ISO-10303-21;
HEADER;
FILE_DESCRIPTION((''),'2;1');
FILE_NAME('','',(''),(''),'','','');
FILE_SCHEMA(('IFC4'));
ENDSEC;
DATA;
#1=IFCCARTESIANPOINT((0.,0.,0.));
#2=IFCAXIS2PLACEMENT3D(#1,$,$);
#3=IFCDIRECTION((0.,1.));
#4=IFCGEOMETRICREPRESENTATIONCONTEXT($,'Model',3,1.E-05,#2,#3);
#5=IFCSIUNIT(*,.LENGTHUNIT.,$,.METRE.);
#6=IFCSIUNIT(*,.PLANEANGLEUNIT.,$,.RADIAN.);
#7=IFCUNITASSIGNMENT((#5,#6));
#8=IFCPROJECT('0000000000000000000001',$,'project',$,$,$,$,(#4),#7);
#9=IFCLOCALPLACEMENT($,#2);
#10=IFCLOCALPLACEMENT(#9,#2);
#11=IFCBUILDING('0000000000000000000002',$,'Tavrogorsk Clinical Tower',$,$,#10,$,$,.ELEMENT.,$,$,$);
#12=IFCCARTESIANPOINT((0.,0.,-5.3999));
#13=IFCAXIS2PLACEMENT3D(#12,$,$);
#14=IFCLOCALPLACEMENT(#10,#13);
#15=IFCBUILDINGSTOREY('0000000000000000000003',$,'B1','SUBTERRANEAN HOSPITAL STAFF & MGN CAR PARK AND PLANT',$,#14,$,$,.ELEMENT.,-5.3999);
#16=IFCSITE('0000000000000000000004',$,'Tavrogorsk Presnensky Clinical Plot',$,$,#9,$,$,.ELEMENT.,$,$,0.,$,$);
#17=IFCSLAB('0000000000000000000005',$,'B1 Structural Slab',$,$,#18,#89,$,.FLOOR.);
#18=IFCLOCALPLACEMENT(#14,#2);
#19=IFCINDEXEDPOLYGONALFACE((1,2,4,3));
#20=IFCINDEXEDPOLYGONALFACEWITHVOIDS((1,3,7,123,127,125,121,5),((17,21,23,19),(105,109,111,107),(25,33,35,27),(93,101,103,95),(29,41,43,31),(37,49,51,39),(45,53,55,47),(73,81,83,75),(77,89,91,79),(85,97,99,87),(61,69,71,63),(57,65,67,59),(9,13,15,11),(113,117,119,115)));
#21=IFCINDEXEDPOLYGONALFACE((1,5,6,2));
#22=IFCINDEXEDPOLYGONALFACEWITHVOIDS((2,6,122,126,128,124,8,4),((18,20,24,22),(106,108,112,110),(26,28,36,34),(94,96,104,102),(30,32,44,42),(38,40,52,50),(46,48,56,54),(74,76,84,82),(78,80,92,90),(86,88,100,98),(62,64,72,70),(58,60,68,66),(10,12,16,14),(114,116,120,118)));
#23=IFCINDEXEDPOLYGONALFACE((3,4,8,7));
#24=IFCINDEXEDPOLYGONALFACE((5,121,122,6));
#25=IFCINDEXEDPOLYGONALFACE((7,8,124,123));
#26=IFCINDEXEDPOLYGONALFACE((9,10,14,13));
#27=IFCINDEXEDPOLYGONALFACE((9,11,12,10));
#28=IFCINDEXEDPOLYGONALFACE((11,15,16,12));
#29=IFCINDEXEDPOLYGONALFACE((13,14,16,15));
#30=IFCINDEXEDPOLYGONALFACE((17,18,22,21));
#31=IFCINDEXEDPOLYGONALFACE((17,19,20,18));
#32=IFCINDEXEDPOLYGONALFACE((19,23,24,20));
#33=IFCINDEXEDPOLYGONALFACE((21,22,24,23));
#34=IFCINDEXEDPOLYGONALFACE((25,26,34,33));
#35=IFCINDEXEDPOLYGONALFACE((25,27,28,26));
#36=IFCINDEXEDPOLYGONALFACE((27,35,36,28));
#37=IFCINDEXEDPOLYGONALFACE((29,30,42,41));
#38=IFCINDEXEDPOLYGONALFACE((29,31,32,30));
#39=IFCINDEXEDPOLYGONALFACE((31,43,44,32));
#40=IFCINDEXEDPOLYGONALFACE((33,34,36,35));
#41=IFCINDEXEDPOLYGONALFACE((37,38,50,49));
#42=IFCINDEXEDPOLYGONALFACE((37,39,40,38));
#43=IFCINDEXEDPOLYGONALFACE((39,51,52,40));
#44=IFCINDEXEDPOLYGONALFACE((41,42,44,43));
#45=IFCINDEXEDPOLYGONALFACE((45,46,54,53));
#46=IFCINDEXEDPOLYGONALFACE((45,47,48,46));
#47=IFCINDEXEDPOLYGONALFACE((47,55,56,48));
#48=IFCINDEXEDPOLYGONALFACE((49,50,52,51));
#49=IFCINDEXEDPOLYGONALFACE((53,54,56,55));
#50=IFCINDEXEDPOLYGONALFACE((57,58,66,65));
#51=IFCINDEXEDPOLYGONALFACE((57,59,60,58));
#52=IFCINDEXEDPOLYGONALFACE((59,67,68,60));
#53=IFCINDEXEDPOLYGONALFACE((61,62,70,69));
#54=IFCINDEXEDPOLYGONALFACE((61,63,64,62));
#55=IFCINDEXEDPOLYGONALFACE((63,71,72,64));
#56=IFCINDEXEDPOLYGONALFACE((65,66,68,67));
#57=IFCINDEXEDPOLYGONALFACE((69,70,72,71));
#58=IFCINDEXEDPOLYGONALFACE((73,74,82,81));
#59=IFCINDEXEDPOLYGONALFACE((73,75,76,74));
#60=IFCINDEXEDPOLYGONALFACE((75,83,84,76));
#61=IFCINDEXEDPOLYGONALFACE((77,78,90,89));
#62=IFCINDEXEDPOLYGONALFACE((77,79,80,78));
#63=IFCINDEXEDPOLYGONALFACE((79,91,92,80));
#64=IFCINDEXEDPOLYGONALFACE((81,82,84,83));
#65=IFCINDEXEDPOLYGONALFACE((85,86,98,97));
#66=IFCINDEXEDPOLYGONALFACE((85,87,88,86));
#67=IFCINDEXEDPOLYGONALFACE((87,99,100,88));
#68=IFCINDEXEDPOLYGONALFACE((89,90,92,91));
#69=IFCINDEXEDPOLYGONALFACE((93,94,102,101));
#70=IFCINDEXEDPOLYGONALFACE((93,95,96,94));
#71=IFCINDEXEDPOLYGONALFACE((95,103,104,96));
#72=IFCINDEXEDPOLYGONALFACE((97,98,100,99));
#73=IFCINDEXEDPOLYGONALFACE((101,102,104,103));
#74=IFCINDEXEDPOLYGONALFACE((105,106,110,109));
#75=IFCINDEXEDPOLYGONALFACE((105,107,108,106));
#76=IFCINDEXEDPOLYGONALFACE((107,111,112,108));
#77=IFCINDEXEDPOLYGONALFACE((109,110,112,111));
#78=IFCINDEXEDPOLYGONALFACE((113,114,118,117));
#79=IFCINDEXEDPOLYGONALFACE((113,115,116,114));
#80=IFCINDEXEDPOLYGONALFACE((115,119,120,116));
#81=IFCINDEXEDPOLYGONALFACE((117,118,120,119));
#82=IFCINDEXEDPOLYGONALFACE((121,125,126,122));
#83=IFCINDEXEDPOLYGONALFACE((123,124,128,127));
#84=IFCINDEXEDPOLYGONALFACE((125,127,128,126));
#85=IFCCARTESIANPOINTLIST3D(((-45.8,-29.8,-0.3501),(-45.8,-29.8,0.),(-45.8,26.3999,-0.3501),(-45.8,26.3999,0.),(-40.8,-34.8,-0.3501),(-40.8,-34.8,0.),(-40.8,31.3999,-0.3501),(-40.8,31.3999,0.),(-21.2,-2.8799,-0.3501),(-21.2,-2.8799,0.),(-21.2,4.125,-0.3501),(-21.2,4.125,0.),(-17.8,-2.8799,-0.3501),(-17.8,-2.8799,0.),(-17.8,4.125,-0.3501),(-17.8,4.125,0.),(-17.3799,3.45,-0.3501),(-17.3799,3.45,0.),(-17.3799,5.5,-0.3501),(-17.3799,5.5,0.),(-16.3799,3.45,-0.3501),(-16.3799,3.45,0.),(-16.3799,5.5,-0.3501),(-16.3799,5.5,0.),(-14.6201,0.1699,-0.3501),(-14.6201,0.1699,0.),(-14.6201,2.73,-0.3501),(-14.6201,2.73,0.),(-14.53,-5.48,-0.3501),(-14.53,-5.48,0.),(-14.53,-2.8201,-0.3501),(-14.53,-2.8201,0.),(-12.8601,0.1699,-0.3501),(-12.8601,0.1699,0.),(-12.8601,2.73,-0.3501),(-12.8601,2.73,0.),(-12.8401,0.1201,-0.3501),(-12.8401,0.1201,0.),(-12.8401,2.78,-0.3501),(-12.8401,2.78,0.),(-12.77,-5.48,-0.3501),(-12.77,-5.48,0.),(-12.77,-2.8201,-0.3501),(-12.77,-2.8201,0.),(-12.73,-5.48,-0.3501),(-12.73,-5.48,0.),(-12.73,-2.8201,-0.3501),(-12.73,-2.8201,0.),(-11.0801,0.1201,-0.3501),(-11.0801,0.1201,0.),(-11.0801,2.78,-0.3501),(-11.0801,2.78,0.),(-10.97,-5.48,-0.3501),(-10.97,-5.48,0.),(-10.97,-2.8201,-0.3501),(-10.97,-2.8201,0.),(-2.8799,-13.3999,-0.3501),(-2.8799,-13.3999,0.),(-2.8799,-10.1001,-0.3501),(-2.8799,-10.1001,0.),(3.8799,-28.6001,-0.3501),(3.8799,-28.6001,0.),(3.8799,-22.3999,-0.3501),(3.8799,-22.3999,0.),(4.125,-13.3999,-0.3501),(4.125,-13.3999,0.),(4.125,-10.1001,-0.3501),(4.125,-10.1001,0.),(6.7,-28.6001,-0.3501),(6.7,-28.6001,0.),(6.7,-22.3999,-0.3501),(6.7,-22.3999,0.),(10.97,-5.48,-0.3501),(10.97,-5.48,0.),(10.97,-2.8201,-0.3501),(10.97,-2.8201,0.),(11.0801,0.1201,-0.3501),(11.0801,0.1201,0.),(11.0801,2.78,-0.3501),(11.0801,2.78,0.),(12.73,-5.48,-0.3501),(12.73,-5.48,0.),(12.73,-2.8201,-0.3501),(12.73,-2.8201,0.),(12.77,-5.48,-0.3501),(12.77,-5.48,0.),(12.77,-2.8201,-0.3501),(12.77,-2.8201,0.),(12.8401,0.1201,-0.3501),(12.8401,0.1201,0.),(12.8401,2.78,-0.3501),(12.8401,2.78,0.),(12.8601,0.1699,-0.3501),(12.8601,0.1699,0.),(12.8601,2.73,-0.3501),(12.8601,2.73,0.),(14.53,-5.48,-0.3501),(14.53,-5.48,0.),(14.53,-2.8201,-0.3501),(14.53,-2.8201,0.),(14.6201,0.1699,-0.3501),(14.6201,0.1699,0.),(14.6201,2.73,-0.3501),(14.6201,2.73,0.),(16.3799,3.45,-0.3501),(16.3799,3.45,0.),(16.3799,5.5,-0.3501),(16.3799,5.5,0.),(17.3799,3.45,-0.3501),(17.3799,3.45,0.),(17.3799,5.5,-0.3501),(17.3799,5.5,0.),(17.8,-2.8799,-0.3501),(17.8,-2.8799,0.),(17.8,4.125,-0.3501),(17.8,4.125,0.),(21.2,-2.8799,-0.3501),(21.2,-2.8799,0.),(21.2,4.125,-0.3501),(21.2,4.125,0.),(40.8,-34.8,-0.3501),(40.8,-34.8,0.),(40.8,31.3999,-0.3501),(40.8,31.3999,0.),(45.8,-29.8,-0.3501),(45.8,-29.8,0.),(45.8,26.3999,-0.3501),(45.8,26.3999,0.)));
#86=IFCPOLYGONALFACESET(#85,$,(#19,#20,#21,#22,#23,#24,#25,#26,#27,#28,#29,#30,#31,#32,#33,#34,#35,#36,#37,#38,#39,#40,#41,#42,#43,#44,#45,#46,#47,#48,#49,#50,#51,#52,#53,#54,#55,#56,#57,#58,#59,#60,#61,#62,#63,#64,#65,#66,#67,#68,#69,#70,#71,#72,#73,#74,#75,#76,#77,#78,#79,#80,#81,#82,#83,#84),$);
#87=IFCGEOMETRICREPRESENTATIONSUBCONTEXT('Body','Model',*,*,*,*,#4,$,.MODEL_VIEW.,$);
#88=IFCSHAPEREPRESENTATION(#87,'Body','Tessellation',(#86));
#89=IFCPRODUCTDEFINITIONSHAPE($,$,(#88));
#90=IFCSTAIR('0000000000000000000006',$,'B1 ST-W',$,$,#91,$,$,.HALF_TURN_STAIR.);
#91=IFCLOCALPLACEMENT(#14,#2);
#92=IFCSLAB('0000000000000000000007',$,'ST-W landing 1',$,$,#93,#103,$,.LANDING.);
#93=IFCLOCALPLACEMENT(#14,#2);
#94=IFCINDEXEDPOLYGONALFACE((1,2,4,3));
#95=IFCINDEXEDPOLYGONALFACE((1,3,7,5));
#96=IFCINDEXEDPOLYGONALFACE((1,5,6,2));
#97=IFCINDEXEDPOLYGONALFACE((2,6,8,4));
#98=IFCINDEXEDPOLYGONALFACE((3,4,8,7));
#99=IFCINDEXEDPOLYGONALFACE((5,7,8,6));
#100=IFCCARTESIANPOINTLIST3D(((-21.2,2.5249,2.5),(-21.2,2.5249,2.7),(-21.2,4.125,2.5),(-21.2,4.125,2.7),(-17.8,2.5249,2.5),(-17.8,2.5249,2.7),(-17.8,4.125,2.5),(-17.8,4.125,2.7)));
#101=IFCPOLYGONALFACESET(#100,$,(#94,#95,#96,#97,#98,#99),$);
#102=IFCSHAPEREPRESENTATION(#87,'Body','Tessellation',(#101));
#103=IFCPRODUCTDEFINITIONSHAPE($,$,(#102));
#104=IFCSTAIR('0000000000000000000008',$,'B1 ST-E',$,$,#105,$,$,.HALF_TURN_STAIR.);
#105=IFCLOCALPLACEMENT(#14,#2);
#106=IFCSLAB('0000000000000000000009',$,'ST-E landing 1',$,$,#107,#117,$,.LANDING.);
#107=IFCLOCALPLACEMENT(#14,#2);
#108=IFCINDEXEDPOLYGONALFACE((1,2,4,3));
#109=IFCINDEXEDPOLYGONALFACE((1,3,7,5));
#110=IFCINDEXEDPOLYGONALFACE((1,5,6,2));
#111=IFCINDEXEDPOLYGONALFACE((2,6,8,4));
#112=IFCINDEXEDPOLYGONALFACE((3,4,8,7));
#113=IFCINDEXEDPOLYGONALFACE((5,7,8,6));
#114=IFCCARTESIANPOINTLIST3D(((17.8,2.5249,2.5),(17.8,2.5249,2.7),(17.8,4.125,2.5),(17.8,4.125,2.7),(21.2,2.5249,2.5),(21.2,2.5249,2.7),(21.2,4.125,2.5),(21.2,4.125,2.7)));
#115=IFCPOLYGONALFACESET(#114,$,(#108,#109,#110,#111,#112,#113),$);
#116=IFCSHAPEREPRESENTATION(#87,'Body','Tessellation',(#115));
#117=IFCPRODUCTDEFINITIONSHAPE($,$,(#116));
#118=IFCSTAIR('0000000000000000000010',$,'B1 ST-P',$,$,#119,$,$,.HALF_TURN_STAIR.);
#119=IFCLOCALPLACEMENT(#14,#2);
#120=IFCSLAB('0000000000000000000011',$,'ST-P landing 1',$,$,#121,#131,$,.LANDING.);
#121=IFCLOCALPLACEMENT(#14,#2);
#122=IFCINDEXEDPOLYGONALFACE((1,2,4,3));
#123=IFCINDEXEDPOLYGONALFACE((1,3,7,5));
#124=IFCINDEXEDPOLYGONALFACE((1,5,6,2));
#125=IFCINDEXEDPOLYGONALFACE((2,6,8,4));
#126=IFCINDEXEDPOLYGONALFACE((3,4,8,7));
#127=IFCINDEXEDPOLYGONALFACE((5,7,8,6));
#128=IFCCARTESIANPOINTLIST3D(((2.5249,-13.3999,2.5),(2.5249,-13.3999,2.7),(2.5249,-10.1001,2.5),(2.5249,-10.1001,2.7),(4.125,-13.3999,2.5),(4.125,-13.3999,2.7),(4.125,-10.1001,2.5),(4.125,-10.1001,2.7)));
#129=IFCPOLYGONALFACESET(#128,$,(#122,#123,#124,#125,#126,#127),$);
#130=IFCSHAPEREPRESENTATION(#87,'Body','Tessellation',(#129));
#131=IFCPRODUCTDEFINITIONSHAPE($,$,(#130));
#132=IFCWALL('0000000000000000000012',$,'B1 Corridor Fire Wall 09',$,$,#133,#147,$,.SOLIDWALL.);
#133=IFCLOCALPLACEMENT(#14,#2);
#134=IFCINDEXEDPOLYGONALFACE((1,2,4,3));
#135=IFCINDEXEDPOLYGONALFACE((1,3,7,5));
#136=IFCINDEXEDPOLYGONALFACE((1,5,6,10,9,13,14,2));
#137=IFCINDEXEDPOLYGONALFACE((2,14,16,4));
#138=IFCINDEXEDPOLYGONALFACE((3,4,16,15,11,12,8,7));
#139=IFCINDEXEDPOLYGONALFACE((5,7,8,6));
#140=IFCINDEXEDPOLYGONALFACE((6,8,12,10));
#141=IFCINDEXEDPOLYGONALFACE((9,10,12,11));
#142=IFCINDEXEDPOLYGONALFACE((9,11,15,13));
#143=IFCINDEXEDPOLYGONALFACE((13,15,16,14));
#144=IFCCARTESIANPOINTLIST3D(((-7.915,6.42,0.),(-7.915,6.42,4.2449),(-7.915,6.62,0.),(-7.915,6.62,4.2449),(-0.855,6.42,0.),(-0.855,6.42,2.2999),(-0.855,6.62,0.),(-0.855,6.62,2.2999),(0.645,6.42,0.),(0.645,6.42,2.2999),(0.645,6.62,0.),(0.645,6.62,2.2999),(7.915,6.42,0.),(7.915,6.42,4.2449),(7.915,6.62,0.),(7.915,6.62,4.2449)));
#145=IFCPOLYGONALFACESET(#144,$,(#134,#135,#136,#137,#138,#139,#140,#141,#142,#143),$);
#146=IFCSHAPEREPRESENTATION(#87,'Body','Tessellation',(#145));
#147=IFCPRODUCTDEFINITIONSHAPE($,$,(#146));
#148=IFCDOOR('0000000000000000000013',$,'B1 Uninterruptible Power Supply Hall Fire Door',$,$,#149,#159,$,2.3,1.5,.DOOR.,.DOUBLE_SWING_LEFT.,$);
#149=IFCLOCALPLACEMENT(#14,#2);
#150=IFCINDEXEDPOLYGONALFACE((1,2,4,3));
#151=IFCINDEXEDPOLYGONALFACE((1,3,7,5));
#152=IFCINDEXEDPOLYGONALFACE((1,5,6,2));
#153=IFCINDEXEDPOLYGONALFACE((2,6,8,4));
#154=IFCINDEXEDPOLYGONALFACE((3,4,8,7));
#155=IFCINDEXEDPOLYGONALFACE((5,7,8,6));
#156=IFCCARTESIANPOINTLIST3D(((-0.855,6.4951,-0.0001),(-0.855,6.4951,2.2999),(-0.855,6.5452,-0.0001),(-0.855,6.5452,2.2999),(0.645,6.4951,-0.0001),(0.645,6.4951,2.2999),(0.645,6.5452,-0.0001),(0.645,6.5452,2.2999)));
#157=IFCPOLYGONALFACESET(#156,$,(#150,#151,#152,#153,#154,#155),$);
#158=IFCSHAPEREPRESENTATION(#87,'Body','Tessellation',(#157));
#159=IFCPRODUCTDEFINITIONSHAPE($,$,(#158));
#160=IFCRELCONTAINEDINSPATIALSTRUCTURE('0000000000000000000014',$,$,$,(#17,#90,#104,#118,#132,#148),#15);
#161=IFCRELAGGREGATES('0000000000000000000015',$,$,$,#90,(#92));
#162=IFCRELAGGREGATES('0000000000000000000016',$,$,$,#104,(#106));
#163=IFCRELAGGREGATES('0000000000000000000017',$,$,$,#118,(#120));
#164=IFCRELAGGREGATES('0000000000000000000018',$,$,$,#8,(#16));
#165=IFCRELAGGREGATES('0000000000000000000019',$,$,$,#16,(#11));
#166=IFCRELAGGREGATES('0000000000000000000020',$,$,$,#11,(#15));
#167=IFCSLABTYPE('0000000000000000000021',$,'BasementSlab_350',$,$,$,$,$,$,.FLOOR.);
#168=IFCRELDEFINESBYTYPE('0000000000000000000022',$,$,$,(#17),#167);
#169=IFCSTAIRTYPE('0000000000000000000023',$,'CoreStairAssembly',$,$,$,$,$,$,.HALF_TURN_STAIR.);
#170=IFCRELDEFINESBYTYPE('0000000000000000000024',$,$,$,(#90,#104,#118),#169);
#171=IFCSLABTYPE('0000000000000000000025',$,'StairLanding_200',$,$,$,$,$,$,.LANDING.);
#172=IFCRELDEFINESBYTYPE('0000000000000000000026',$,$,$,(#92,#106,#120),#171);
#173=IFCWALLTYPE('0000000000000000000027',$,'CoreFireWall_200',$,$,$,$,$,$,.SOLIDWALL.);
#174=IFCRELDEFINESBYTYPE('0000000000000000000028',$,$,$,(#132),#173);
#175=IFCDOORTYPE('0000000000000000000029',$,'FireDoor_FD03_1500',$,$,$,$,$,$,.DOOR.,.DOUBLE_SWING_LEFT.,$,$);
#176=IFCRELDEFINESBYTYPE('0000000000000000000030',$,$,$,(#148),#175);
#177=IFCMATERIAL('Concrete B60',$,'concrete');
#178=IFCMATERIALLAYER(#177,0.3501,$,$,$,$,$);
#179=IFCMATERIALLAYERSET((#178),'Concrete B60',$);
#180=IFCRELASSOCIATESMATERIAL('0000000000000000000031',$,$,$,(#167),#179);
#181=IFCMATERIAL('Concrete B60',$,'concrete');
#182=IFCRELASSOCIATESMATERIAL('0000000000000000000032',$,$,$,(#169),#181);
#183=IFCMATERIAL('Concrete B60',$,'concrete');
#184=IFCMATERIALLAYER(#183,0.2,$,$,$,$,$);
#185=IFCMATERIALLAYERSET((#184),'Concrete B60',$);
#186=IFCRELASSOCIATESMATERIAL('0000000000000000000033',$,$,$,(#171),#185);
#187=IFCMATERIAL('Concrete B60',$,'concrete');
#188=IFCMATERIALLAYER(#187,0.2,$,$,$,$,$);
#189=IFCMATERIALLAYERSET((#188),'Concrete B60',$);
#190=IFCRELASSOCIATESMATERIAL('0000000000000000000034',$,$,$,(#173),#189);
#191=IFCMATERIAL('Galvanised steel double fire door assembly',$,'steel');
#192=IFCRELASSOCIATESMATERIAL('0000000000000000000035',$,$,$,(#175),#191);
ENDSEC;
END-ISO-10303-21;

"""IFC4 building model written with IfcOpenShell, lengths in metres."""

from ifc_helpers import new_model, si_unit, direction, frame, frame_2d, origin, place, context, subcontext, project, spatial, polyline, rectangle, outline, extrude, material, layer, layer_set, type_object, element, fill, aggregate, save


model = new_model("IFC4")

# Units and contexts
model_context = context("Model", 3, precision=1e-05, world=origin(), true_north=direction((0.0, 1.0)))
body_context = subcontext(model_context, "Body", "Model", "MODEL_VIEW")
ifc_project = project(units=[si_unit("LENGTHUNIT", "METRE"), si_unit("PLANEANGLEUNIT", "RADIAN")], contexts=[model_context])

# Site, building, storey
site_placement = place(None, origin())
site = spatial("IfcSite", under=ifc_project, at=site_placement, Name="Tavrogorsk Presnensky Clinical Plot", CompositionType="ELEMENT", RefElevation=0.0)
building_placement = place(site_placement, origin())
building = spatial("IfcBuilding", under=site, at=building_placement, Name="Tavrogorsk Clinical Tower", CompositionType="ELEMENT")
storey_placement = place(building_placement, frame((0.0, 0.0, -5.3999)))
storey = spatial("IfcBuildingStorey", under=building, at=storey_placement, Name="B1", Description="SUBTERRANEAN HOSPITAL STAFF & MGN CAR PARK AND PLANT", CompositionType="ELEMENT", Elevation=-5.3999)

# Slab
ifc_material_1 = material(Name="Concrete B60", Category="concrete")
ifc_layer_1 = layer(ifc_material_1, 0.3501)
ifc_layer_set_1 = layer_set([ifc_layer_1], Name="Concrete B60")
slab_type_1 = type_object("IfcSlabType", Name="BasementSlab_350", PredefinedType="FLOOR", material=ifc_layer_set_1)
slab_1_placement = place(storey_placement, frame((0.0, 0.0, -0.3501)))
element("IfcSlab", 1, at=slab_1_placement, inside=storey, type_object=slab_type_1, Name="B1 Structural Slab", PredefinedType="FLOOR", context=body_context, shape_type="SweptSolid", body=[
    extrude(outline(polyline([(-40.8, -34.8), (40.8, -34.8), (45.8, -29.8), (45.8, 26.3999), (40.8, 31.3999), (-40.8, 31.3999), (-45.8, 26.3999), (-45.8, -29.8), (-40.8, -34.8)]), holes=[polyline([(-17.8, -2.8799), (-17.8, 4.125), (-21.2, 4.125), (-21.2, -2.8799), (-17.8, -2.8799)]), polyline([(21.2, -2.8799), (21.2, 4.125), (17.8, 4.125), (17.8, -2.8799), (21.2, -2.8799)]), polyline([(-2.8799, -13.3999), (4.125, -13.3999), (4.125, -10.1001), (-2.8799, -10.1001), (-2.8799, -13.3999)]), polyline([(-14.6201, 0.1699), (-12.8601, 0.1699), (-12.8601, 2.73), (-14.6201, 2.73), (-14.6201, 0.1699)]), polyline([(-14.53, -5.48), (-12.77, -5.48), (-12.77, -2.8201), (-14.53, -2.8201), (-14.53, -5.48)]), polyline([(-12.73, -5.48), (-10.97, -5.48), (-10.97, -2.8201), (-12.73, -2.8201), (-12.73, -5.48)]), polyline([(-12.8401, 0.1201), (-11.0801, 0.1201), (-11.0801, 2.78), (-12.8401, 2.78), (-12.8401, 0.1201)]), polyline([(12.8601, 0.1699), (14.6201, 0.1699), (14.6201, 2.73), (12.8601, 2.73), (12.8601, 0.1699)]), polyline([(12.77, -5.48), (14.53, -5.48), (14.53, -2.8201), (12.77, -2.8201), (12.77, -5.48)]), polyline([(10.97, -5.48), (12.73, -5.48), (12.73, -2.8201), (10.97, -2.8201), (10.97, -5.48)]), polyline([(11.0801, 0.1201), (12.8401, 0.1201), (12.8401, 2.78), (11.0801, 2.78), (11.0801, 0.1201)]), polyline([(-17.3799, 3.45), (-16.3799, 3.45), (-16.3799, 5.5), (-17.3799, 5.5), (-17.3799, 3.45)]), polyline([(16.3799, 3.45), (17.3799, 3.45), (17.3799, 5.5), (16.3799, 5.5), (16.3799, 3.45)]), polyline([(3.8799, -28.6001), (6.7, -28.6001), (6.7, -22.3999), (3.8799, -22.3999), (3.8799, -28.6001)])]), origin(), (0.0, 0.0, 1.0), 0.3501),
])

# Stairs, slabs
ifc_material_2 = material(Name="Concrete B60", Category="concrete")
stair_type = type_object("IfcStairType", Name="CoreStairAssembly", PredefinedType="HALF_TURN_STAIR", material=ifc_material_2)
stair_1_placement = place(storey_placement, origin())
stair_1 = element("IfcStair", 2, at=stair_1_placement, inside=storey, type_object=stair_type, Name="B1 ST-W", PredefinedType="HALF_TURN_STAIR")
ifc_material_3 = material(Name="Concrete B60", Category="concrete")
ifc_layer_2 = layer(ifc_material_3, 0.2)
ifc_layer_set_2 = layer_set([ifc_layer_2], Name="Concrete B60")
slab_type_2 = type_object("IfcSlabType", Name="StairLanding_200", PredefinedType="LANDING", material=ifc_layer_set_2)
slab_2_placement = place(storey_placement, frame((0.0, 0.0, 2.5)))
slab_2 = element("IfcSlab", 3, at=slab_2_placement, type_object=slab_type_2, Name="ST-W landing 1", PredefinedType="LANDING", context=body_context, shape_type="SweptSolid", body=[
    extrude(outline(polyline([(-17.8, 2.5249), (-17.8, 4.125), (-21.2, 4.125), (-21.2, 2.5249), (-17.8, 2.5249)])), origin(), (0.0, 0.0, 1.0), 0.2),
])
aggregate(stair_1, [slab_2])
stair_2_placement = place(storey_placement, origin())
stair_2 = element("IfcStair", 4, at=stair_2_placement, inside=storey, type_object=stair_type, Name="B1 ST-E", PredefinedType="HALF_TURN_STAIR")
slab_3_placement = place(storey_placement, frame((0.0, 0.0, 2.5)))
slab_3 = element("IfcSlab", 5, at=slab_3_placement, type_object=slab_type_2, Name="ST-E landing 1", PredefinedType="LANDING", context=body_context, shape_type="SweptSolid", body=[
    extrude(outline(polyline([(21.2, 2.5249), (21.2, 4.125), (17.8, 4.125), (17.8, 2.5249), (21.2, 2.5249)])), origin(), (0.0, 0.0, 1.0), 0.2),
])
aggregate(stair_2, [slab_3])
stair_3_placement = place(storey_placement, origin())
stair_3 = element("IfcStair", 6, at=stair_3_placement, inside=storey, type_object=stair_type, Name="B1 ST-P", PredefinedType="HALF_TURN_STAIR")
slab_4_placement = place(storey_placement, frame((0.0, 0.0, 2.5)))
slab_4 = element("IfcSlab", 7, at=slab_4_placement, type_object=slab_type_2, Name="ST-P landing 1", PredefinedType="LANDING", context=body_context, shape_type="SweptSolid", body=[
    extrude(outline(polyline([(2.5249, -13.3999), (4.125, -13.3999), (4.125, -10.1001), (2.5249, -10.1001), (2.5249, -13.3999)])), origin(), (0.0, 0.0, 1.0), 0.2),
])
aggregate(stair_3, [slab_4])

# Wall, opening, door
ifc_material_4 = material(Name="Concrete B60", Category="concrete")
ifc_layer_3 = layer(ifc_material_4, 0.2)
ifc_layer_set_3 = layer_set([ifc_layer_3], Name="Concrete B60")
wall_type_1 = type_object("IfcWallType", Name="CoreFireWall_200", PredefinedType="SOLIDWALL", material=ifc_layer_set_3)
wall_1_placement = place(storey_placement, frame((7.915, 6.52, 0.0), z_axis=(0.0, 0.0, 1.0), x_axis=(-1.0, 0.0, 0.0)))
wall_1 = element("IfcWall", 8, at=wall_1_placement, inside=storey, type_object=wall_type_1, Name="B1 Corridor Fire Wall 09", PredefinedType="SOLIDWALL", context=body_context, shape_type="SweptSolid", body=[
    extrude(rectangle(XDim=15.8301, YDim=0.2, at=frame_2d((7.915, 0.0))), origin(), (0.0, 0.0, 1.0), 4.2449),
])
opening_1_placement = place(wall_1_placement, frame((7.27, 0.0, 0.0)))
opening_1 = element("IfcOpeningElement", 9, at=opening_1_placement, cuts=wall_1, PredefinedType="OPENING", context=body_context, shape_type="SweptSolid", body=[
    extrude(rectangle(XDim=1.5, YDim=2.3, at=frame_2d((0.75, 1.1499))), frame((0.0, 0.1099, 0.0), z_axis=(0.0, -1.0, 0.0), x_axis=(1.0, 0.0, 0.0)), (0.0, 0.0, 1.0), 0.22),
])
ifc_material_5 = material(Name="Galvanised steel double fire door assembly", Category="steel")
door_type_1 = type_object("IfcDoorType", Name="FireDoor_FD03_1500", OperationType="DOUBLE_SWING_LEFT", PredefinedType="DOOR", material=ifc_material_5)
door_1_placement = place(opening_1_placement, origin())
door_1 = element("IfcDoor", 10, at=door_1_placement, inside=storey, type_object=door_type_1, Name="B1 Uninterruptible Power Supply Hall Fire Door", OperationType="DOUBLE_SWING_LEFT", OverallHeight=2.3, OverallWidth=1.5, PredefinedType="DOOR", context=body_context, shape_type="SweptSolid", body=[
    extrude(rectangle(XDim=1.5, YDim=2.3, at=frame_2d((0.75, 1.1499))), frame((0.0, 0.0249, 0.0), z_axis=(0.0, -1.0, 0.0), x_axis=(1.0, 0.0, 0.0)), (0.0, 0.0, 1.0), 0.05),
])
fill(opening_1, door_1)

save(model, "model.ifc")
